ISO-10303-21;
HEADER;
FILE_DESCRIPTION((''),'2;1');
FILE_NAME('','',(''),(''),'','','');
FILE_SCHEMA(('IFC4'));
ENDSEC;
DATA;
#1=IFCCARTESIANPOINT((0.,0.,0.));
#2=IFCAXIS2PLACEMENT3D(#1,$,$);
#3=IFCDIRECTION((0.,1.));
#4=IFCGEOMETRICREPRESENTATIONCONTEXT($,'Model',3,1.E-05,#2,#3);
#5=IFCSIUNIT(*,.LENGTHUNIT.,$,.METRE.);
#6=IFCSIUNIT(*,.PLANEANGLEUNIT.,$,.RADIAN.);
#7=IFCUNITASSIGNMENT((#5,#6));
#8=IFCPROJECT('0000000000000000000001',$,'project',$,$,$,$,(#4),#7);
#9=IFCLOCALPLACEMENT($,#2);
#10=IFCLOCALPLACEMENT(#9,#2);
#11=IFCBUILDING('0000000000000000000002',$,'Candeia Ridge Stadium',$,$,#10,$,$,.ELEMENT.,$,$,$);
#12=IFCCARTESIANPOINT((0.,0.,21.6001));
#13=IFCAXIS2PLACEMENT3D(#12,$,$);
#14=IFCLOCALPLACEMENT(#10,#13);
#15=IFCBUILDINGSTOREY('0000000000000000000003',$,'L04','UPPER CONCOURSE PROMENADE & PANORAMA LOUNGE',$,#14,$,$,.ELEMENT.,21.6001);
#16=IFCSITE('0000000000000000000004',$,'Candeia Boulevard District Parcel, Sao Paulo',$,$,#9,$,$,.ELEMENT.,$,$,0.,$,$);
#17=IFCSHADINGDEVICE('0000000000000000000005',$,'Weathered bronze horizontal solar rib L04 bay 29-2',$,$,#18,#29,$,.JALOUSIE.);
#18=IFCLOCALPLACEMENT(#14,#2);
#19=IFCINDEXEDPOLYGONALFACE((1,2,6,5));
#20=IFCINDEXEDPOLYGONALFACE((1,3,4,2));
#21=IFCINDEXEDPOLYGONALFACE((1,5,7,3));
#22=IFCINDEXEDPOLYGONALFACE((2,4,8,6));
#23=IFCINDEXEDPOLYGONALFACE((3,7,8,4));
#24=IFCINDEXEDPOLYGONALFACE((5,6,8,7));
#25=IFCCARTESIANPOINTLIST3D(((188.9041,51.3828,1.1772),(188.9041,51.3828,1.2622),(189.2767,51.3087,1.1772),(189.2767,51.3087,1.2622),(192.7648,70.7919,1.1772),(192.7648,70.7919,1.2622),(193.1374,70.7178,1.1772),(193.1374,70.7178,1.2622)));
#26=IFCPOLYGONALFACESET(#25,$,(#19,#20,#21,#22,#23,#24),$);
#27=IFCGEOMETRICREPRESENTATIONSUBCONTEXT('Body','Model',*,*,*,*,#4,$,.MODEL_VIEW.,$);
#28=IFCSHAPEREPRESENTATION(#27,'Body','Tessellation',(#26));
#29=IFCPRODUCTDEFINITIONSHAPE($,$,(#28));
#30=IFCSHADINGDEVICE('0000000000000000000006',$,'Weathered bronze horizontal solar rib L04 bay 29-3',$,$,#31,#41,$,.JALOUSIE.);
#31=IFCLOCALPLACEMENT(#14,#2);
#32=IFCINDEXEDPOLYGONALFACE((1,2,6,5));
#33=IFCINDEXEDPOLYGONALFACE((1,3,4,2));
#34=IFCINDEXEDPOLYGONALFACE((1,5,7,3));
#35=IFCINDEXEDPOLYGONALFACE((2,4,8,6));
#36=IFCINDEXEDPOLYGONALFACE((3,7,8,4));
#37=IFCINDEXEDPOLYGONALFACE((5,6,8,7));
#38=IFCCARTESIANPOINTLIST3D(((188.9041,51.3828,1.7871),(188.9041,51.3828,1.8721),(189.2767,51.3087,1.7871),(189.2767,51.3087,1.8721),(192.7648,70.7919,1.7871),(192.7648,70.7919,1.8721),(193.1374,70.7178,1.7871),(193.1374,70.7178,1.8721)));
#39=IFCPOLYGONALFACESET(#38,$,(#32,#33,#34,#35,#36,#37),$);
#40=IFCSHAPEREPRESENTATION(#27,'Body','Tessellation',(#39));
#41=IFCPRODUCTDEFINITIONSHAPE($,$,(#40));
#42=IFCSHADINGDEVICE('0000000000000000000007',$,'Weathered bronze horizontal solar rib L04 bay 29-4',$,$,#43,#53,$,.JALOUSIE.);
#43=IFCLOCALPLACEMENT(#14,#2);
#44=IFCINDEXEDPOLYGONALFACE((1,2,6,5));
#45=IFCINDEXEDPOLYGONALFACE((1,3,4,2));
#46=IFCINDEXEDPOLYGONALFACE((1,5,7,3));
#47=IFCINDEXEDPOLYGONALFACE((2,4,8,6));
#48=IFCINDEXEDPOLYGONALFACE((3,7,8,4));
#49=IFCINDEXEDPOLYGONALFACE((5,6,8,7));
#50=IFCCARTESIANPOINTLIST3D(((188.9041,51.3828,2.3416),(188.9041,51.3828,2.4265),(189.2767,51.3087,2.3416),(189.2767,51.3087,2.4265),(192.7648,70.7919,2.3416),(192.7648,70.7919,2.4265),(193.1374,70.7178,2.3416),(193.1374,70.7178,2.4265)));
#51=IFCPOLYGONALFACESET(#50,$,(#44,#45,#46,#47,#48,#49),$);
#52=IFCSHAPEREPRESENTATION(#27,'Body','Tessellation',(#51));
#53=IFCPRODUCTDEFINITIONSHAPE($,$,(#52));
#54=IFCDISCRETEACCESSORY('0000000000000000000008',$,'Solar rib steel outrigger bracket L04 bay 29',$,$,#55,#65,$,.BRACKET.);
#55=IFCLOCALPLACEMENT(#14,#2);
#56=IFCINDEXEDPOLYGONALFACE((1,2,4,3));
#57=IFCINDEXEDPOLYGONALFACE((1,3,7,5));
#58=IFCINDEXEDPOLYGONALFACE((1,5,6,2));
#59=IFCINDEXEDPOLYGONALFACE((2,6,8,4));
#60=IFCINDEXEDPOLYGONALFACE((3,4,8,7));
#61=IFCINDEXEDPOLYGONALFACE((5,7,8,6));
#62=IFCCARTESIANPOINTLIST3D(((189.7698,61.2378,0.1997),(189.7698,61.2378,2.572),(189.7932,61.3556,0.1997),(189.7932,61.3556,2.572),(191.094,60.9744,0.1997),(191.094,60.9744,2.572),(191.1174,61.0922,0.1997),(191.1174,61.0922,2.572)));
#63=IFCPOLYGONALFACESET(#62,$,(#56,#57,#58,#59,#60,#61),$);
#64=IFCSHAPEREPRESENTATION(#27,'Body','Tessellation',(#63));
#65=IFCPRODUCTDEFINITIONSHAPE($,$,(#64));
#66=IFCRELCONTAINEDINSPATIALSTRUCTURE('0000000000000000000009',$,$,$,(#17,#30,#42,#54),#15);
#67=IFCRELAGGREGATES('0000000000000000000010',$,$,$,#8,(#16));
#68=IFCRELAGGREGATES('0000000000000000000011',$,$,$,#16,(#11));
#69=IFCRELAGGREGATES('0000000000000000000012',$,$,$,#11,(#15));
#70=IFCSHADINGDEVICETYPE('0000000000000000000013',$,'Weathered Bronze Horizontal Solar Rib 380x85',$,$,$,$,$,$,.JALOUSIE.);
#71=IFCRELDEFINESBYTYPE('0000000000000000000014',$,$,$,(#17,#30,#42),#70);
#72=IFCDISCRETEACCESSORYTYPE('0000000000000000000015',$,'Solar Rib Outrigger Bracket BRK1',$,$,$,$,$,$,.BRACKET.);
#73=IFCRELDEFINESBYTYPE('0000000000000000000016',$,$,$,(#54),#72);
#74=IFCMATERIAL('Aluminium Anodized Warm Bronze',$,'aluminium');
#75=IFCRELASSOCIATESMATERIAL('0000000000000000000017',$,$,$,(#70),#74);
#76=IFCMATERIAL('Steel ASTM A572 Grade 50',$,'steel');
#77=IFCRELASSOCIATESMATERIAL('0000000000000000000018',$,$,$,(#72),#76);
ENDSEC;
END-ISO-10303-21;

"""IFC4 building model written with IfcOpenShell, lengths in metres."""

from ifc_helpers import new_model, si_unit, direction, frame, origin, origin_2d, place, context, subcontext, project, spatial, rectangle, extrude, material, type_object, element, save


model = new_model("IFC4")

# Units and contexts
model_context = context("Model", 3, precision=1e-05, world=origin(), true_north=direction((0.0, 1.0)))
body_context = subcontext(model_context, "Body", "Model", "MODEL_VIEW")
ifc_project = project(units=[si_unit("LENGTHUNIT", "METRE"), si_unit("PLANEANGLEUNIT", "RADIAN")], contexts=[model_context])

# Site, building, storey
site_placement = place(None, origin())
site = spatial("IfcSite", under=ifc_project, at=site_placement, Name="Candeia Boulevard District Parcel, Sao Paulo", CompositionType="ELEMENT", RefElevation=0.0)
building_placement = place(site_placement, origin())
building = spatial("IfcBuilding", under=site, at=building_placement, Name="Candeia Ridge Stadium", CompositionType="ELEMENT")
storey_placement = place(building_placement, frame((0.0, 0.0, 21.6001)))
storey = spatial("IfcBuildingStorey", under=building, at=storey_placement, Name="L04", Description="UPPER CONCOURSE PROMENADE & PANORAMA LOUNGE", CompositionType="ELEMENT", Elevation=21.6001)

# Shared definitions
ifc_material_1 = material(Name="Aluminium Anodized Warm Bronze", Category="aluminium")

# Shading devices
shading_device_type = type_object("IfcShadingDeviceType", Name="Weathered Bronze Horizontal Solar Rib 380x85", PredefinedType="JALOUSIE", material=ifc_material_1)
for number, where, z_axis, x_axis, name in (
    (1, (191.0208, 61.0503, 1.1772), (0.0, 0.0, 1.0), (0.19509, 0.980785, 0.0), "Weathered bronze horizontal solar rib L04 bay 29-2"),
    (2, (191.0208, 61.0503, 1.7871), (0.0, 0.0, 1.0), (0.19509, 0.980785, 0.0), "Weathered bronze horizontal solar rib L04 bay 29-3"),
    (3, (191.0208, 61.0503, 2.3416), (0.0, 0.0, 1.0), (0.19509, 0.980785, 0.0), "Weathered bronze horizontal solar rib L04 bay 29-4"),
):
    element("IfcShadingDevice", number, at=place(storey_placement, frame(where, z_axis=z_axis, x_axis=x_axis)), inside=storey, type_object=shading_device_type, Name=name, PredefinedType="JALOUSIE", context=body_context, shape_type="SweptSolid", body=[
        extrude(rectangle(XDim=19.7893, YDim=0.3799, at=origin_2d()), origin(), (0.0, 0.0, 1.0), 0.085),
    ])

# Discrete accessory
ifc_material_2 = material(Name="Steel ASTM A572 Grade 50", Category="steel")
discrete_accessory_type = type_object("IfcDiscreteAccessoryType", Name="Solar Rib Outrigger Bracket BRK1", PredefinedType="BRACKET", material=ifc_material_2)
discrete_accessory_placement = place(storey_placement, frame((190.4436, 61.165, 0.1997), z_axis=(0.0, 0.0, 1.0), x_axis=(0.980785, -0.19509, 0.0)))
element("IfcDiscreteAccessory", 4, at=discrete_accessory_placement, inside=storey, type_object=discrete_accessory_type, Name="Solar rib steel outrigger bracket L04 bay 29", PredefinedType="BRACKET", context=body_context, shape_type="SweptSolid", body=[
    extrude(rectangle(XDim=1.3501, YDim=0.1201, at=origin_2d()), origin(), (0.0, 0.0, 1.0), 2.3723),
])

save(model, "model.ifc")
